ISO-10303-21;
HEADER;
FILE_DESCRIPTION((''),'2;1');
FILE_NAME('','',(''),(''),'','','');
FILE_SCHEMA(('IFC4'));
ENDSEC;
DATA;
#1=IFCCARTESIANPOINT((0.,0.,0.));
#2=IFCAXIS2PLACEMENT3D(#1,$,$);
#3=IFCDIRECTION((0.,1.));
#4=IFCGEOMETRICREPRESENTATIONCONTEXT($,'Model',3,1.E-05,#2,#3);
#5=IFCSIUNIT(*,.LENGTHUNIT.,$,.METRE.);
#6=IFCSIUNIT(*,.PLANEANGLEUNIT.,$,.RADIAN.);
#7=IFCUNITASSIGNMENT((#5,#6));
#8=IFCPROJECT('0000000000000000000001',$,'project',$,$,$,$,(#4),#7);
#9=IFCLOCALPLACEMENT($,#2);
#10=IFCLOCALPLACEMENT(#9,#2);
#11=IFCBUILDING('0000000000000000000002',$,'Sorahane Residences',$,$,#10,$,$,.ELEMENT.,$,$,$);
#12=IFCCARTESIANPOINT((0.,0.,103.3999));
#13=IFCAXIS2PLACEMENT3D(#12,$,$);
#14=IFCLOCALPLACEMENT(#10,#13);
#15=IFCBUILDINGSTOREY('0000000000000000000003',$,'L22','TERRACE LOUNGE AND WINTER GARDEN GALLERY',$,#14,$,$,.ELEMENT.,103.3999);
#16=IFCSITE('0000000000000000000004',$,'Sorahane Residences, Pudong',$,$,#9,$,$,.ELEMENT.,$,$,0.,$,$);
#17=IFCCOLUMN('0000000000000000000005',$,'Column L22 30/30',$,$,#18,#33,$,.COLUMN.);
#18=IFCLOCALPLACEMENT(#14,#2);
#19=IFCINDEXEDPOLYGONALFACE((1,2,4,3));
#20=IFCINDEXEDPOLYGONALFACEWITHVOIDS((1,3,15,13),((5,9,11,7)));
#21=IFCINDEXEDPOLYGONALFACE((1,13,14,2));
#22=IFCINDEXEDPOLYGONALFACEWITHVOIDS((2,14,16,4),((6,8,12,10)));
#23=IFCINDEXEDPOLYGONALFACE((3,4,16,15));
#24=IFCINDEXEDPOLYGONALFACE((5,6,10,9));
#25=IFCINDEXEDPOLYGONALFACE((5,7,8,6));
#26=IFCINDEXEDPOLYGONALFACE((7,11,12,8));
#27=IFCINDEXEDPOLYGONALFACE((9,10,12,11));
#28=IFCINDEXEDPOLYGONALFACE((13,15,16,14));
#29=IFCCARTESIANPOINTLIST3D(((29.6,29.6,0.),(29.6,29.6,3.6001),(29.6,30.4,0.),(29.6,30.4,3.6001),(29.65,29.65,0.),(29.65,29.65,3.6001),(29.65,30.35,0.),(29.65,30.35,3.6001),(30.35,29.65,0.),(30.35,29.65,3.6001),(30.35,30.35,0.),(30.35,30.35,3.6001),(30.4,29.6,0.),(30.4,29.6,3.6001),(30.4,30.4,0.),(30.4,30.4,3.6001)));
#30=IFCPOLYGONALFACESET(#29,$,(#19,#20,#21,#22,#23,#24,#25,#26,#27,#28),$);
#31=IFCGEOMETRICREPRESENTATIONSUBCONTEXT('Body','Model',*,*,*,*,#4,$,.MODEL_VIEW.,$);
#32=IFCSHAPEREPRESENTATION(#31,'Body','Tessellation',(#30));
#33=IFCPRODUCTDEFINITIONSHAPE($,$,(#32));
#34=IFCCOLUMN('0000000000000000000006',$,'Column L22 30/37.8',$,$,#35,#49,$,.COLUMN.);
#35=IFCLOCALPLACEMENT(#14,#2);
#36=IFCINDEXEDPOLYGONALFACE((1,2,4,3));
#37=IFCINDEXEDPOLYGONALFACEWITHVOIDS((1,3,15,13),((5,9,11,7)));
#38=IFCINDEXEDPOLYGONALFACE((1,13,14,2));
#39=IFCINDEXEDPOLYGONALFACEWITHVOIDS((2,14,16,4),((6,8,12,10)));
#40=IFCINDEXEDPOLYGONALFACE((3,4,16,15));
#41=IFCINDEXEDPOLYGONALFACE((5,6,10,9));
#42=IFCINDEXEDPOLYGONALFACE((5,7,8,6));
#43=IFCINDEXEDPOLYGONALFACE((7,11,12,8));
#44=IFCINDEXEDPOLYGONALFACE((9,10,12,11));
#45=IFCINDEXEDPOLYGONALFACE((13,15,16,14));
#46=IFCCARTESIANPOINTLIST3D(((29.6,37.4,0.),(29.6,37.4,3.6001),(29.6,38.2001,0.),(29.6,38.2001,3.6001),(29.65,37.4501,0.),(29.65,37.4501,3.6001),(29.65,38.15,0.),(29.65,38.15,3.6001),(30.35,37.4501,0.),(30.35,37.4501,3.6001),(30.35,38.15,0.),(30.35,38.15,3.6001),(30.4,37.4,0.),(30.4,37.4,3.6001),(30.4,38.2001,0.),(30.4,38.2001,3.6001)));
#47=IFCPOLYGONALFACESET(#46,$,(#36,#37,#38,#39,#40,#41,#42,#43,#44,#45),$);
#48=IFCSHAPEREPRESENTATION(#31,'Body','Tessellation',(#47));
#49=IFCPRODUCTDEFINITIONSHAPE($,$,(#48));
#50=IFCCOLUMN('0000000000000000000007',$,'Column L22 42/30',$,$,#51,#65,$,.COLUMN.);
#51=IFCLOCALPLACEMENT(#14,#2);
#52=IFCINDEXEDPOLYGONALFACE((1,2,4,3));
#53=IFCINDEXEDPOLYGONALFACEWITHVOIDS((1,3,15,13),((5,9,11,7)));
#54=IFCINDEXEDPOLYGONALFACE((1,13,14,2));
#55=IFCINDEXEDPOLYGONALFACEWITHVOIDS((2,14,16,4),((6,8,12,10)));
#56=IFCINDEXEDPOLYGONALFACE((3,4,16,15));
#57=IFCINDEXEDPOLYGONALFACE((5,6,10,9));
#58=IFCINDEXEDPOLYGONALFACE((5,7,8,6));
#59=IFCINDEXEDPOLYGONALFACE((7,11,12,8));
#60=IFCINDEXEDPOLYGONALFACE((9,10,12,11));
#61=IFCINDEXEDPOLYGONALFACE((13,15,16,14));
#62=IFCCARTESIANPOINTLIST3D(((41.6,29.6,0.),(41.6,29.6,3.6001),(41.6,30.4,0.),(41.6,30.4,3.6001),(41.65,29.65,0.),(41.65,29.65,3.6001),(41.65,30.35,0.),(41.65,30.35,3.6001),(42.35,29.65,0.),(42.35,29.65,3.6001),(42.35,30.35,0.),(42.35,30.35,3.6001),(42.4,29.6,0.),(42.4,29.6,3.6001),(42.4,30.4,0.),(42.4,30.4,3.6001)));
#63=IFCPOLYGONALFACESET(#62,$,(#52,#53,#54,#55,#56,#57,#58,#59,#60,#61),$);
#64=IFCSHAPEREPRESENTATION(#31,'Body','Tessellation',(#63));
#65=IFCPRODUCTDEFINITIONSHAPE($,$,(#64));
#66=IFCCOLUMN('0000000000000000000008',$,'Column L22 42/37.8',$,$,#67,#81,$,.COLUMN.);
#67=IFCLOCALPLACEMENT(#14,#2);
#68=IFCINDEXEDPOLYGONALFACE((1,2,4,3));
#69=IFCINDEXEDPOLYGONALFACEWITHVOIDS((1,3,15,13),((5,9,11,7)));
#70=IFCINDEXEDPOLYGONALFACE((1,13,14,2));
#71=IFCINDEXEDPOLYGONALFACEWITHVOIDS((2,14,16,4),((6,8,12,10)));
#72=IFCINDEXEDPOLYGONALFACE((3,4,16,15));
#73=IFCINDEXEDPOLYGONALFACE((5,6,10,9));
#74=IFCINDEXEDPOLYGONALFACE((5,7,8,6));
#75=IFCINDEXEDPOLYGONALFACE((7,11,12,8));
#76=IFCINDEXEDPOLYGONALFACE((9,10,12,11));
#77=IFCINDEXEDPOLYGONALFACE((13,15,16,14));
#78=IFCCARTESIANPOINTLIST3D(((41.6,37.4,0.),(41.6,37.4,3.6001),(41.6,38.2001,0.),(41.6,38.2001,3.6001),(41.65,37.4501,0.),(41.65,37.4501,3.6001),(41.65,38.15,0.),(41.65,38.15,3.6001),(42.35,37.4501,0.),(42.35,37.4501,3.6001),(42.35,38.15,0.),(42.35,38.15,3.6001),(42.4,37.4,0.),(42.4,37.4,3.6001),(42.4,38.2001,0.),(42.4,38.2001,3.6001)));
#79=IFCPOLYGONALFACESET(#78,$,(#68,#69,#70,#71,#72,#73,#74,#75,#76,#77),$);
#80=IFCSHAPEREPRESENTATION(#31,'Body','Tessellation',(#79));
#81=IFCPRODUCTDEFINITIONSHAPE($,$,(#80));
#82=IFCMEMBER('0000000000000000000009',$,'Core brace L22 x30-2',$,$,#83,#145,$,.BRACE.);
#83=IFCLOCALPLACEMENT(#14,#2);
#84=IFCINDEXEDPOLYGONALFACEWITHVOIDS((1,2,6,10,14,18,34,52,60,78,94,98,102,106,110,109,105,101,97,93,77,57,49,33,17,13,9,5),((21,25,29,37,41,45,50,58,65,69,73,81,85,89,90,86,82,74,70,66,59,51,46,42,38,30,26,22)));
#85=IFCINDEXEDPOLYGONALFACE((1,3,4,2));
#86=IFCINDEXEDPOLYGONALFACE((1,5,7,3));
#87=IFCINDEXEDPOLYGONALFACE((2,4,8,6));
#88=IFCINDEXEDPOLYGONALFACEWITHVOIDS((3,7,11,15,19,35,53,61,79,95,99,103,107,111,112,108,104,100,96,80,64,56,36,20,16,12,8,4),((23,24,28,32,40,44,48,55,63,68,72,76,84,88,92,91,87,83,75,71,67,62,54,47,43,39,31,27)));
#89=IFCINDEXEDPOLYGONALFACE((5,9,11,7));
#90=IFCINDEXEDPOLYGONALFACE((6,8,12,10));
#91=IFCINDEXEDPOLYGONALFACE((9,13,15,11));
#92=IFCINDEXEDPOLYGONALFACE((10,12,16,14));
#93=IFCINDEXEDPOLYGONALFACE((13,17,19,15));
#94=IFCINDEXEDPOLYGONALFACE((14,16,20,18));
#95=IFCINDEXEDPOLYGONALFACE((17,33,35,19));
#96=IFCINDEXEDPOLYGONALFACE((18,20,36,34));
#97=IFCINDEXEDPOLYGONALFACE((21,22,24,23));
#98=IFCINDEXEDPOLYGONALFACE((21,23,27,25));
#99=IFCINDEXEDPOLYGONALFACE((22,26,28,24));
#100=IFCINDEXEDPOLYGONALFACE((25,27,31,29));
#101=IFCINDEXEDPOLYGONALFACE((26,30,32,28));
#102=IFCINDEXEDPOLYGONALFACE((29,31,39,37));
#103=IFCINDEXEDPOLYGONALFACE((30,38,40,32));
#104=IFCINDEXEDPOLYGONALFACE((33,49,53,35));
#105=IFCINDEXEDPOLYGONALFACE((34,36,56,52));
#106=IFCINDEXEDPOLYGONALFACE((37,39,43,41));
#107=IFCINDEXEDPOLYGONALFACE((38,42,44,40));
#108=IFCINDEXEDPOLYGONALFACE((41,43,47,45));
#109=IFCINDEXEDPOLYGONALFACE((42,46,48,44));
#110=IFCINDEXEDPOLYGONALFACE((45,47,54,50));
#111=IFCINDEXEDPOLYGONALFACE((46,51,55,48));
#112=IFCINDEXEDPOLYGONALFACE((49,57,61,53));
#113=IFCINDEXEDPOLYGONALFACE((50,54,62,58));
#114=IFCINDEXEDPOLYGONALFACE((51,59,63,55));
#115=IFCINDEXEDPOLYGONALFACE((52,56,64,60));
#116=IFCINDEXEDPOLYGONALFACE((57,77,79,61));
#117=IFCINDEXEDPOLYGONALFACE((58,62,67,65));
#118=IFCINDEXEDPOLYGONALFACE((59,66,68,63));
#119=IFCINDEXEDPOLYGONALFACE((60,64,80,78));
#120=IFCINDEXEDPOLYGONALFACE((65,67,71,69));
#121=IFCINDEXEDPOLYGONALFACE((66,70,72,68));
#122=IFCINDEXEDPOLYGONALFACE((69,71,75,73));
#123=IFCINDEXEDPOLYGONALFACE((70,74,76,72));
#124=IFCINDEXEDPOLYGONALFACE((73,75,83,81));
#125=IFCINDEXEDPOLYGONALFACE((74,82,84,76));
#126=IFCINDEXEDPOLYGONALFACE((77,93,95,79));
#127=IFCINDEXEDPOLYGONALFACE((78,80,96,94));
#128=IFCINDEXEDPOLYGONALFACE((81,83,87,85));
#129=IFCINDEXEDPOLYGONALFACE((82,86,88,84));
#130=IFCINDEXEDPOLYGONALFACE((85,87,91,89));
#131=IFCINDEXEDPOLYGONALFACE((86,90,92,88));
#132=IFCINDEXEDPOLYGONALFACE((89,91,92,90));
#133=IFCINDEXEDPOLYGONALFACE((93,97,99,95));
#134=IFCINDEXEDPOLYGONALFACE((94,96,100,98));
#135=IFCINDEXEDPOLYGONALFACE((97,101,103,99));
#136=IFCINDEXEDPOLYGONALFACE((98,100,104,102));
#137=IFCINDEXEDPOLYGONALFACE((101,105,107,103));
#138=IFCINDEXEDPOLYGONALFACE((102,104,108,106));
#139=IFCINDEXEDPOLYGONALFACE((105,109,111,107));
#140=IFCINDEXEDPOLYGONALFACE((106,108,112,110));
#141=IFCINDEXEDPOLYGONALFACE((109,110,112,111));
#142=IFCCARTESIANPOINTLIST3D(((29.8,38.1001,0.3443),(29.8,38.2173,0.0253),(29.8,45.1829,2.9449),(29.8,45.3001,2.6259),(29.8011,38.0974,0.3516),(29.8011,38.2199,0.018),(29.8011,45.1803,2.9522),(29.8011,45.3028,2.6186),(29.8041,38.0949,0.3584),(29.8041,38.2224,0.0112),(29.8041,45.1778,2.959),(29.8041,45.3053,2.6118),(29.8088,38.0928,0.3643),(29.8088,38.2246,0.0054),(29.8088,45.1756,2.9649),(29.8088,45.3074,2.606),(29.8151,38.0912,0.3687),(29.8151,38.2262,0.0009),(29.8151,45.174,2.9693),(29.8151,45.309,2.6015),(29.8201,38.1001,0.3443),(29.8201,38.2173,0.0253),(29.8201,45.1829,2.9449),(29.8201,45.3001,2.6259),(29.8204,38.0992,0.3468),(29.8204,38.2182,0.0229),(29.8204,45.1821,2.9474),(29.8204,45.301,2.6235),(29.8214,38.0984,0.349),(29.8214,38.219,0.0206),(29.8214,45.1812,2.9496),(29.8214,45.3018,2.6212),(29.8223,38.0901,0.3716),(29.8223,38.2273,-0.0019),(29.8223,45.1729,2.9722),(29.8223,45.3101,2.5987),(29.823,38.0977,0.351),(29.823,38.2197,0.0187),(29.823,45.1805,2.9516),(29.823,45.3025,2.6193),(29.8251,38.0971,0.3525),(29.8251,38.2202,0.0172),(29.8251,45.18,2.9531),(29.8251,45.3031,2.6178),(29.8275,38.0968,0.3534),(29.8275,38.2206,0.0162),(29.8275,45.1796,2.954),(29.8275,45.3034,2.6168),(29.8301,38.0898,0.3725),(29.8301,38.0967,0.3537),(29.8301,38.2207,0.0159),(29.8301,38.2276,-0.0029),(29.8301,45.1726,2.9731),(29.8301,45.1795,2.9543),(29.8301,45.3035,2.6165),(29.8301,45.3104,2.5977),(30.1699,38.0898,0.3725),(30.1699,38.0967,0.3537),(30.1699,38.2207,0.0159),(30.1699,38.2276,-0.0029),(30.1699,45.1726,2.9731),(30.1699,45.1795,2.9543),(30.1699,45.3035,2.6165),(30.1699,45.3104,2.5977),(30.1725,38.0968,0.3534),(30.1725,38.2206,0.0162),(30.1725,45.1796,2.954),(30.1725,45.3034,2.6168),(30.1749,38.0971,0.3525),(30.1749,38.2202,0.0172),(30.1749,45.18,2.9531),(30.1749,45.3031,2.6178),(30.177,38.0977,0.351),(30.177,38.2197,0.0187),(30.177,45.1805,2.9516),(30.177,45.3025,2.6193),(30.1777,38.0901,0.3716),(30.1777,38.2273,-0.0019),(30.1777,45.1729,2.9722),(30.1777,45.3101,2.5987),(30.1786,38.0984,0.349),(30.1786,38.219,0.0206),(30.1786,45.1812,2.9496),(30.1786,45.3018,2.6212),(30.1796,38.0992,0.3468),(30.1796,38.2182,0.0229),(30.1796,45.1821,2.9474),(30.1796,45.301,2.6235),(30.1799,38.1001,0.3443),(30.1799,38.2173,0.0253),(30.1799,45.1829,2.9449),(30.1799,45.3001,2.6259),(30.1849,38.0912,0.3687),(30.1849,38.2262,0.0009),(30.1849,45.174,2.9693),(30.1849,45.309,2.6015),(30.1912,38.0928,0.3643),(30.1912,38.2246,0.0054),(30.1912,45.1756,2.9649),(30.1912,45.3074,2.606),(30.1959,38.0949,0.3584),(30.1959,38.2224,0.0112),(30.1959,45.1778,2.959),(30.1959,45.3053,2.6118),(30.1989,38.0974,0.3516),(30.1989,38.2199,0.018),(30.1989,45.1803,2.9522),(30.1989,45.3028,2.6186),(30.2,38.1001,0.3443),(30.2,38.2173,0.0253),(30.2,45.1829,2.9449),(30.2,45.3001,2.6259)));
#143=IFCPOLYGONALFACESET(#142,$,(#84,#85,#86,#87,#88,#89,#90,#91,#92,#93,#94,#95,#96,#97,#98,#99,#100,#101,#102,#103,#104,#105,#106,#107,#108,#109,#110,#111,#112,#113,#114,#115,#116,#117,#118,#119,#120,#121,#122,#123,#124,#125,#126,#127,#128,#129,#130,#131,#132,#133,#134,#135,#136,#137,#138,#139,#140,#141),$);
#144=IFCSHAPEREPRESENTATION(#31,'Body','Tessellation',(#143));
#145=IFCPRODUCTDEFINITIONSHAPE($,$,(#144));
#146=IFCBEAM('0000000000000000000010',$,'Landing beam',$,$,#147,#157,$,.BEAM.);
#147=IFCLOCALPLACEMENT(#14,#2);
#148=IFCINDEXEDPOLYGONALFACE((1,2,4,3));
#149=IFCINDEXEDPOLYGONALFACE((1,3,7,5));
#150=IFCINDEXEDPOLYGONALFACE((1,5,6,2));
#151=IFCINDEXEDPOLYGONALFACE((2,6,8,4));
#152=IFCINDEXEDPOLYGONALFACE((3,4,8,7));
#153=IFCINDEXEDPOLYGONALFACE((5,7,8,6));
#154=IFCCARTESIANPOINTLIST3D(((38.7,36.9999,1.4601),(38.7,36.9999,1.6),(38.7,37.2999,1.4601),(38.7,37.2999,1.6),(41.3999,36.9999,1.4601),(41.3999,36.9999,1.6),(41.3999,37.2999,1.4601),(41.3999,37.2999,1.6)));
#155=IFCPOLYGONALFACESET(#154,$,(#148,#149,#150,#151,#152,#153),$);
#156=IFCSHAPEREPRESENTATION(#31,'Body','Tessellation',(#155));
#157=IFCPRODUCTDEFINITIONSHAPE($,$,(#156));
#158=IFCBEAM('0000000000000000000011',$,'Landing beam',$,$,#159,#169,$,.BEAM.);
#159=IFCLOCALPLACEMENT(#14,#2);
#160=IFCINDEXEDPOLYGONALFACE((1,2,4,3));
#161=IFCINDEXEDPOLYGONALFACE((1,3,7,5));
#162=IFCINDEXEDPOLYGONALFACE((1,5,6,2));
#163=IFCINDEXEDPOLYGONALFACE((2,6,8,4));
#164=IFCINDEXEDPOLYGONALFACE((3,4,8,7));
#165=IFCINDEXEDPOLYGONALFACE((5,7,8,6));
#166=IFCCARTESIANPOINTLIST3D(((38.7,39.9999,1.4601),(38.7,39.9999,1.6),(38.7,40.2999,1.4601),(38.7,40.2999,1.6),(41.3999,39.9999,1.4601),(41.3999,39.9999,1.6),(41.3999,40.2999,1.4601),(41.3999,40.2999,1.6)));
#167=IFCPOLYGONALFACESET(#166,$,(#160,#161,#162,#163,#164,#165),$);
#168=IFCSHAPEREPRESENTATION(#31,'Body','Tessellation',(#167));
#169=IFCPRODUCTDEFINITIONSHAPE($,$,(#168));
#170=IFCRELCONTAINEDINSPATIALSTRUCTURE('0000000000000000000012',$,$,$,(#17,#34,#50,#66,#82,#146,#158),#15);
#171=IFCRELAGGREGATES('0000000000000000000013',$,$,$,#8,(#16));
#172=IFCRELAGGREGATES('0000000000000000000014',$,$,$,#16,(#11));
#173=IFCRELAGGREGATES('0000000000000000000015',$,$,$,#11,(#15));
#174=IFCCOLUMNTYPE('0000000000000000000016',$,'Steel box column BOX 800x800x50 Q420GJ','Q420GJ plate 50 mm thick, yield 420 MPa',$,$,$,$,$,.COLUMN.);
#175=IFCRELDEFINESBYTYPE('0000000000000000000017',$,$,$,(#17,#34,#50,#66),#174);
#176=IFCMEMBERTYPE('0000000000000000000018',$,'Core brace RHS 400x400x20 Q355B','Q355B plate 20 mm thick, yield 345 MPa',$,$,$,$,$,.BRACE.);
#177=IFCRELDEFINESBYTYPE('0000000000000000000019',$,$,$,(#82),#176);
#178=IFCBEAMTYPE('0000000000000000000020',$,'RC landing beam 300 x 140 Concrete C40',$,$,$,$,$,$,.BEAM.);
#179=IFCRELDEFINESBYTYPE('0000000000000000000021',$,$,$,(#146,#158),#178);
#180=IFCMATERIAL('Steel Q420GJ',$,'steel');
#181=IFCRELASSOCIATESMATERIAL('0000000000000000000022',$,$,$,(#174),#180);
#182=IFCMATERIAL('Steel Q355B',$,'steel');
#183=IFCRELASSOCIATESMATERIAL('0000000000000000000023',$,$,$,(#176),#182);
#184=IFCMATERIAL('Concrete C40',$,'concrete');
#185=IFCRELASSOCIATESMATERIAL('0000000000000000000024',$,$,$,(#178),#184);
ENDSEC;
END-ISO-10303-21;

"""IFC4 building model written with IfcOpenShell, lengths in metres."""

from ifc_helpers import new_model, si_unit, direction, frame, origin, origin_2d, place, context, subcontext, project, spatial, rectangle, hollow_rectangle, extrude, material, material_profile, profile_set, type_object, element, save


model = new_model("IFC4")

# Units and contexts
model_context = context("Model", 3, precision=1e-05, world=origin(), true_north=direction((0.0, 1.0)))
body_context = subcontext(model_context, "Body", "Model", "MODEL_VIEW")
ifc_project = project(units=[si_unit("LENGTHUNIT", "METRE"), si_unit("PLANEANGLEUNIT", "RADIAN")], contexts=[model_context])

# Site, building, storey
site_placement = place(None, origin())
site = spatial("IfcSite", under=ifc_project, at=site_placement, Name="Sorahane Residences, Pudong", CompositionType="ELEMENT", RefElevation=0.0)
building_placement = place(site_placement, origin())
building = spatial("IfcBuilding", under=site, at=building_placement, Name="Sorahane Residences", CompositionType="ELEMENT")
storey_placement = place(building_placement, frame((0.0, 0.0, 103.3999)))
storey = spatial("IfcBuildingStorey", under=building, at=storey_placement, Name="L22", Description="TERRACE LOUNGE AND WINTER GARDEN GALLERY", CompositionType="ELEMENT", Elevation=103.3999)

# Columns
ifc_material_1 = material(Name="Steel Q420GJ", Category="steel")
ifc_material_profile_1 = material_profile(ifc_material_1, hollow_rectangle(XDim=0.8, YDim=0.8, WallThickness=0.05, at=origin_2d()), Name="BOX 800x800x50")
ifc_profile_set_1 = profile_set([ifc_material_profile_1], Name="Steel Q420GJ")
column_type = type_object("IfcColumnType", Name="Steel box column BOX 800x800x50 Q420GJ", Description="Q420GJ plate 50 mm thick, yield 420 MPa", PredefinedType="COLUMN", material=ifc_profile_set_1)
for number, where, z_axis, x_axis, name in (
    (1, (30.0, 30.0, 0.0), (0.0, 0.0, 1.0), (1.0, 0.0, 0.0), "Column L22 30/30"),
    (2, (30.0, 37.8, 0.0), (0.0, 0.0, 1.0), (1.0, 0.0, 0.0), "Column L22 30/37.8"),
    (3, (42.0, 30.0, 0.0), (0.0, 0.0, 1.0), (1.0, 0.0, 0.0), "Column L22 42/30"),
    (4, (42.0, 37.8, 0.0), (0.0, 0.0, 1.0), (1.0, 0.0, 0.0), "Column L22 42/37.8"),
):
    element("IfcColumn", number, at=place(storey_placement, frame(where, z_axis=z_axis, x_axis=x_axis)), inside=storey, type_object=column_type, Name=name, PredefinedType="COLUMN", context=body_context, shape_type="SweptSolid", body=[
        extrude(hollow_rectangle(XDim=0.8, YDim=0.8, WallThickness=0.05, at=origin_2d()), origin(), (0.0, 0.0, 1.0), 3.6001),
    ])

# Member
ifc_material_2 = material(Name="Steel Q355B", Category="steel")
ifc_material_profile_2 = material_profile(ifc_material_2, hollow_rectangle(XDim=0.3999, YDim=0.3999, WallThickness=0.02, InnerFilletRadius=0.01, OuterFilletRadius=0.03, at=origin_2d()), Name="RHS 400x400x20")
ifc_profile_set_2 = profile_set([ifc_material_profile_2], Name="Steel Q355B")
member_type = type_object("IfcMemberType", Name="Core brace RHS 400x400x20 Q355B", Description="Q355B plate 20 mm thick, yield 345 MPa", PredefinedType="BRACE", material=ifc_profile_set_2)
member_placement = place(storey_placement, frame((30.0, 38.1587, 0.1848), z_axis=(0.0, 0.938723, 0.344672), x_axis=(-1.0, 0.0, 0.0)))
element("IfcMember", 5, at=member_placement, inside=storey, type_object=member_type, Name="Core brace L22 x30-2", PredefinedType="BRACE", context=body_context, shape_type="SweptSolid", body=[
    extrude(hollow_rectangle(XDim=0.3999, YDim=0.3999, WallThickness=0.02, InnerFilletRadius=0.01, OuterFilletRadius=0.03, at=origin_2d()), origin(), (0.0, 0.0, 1.0), 7.5452),
])

# Beams
ifc_material_3 = material(Name="Concrete C40", Category="concrete")
ifc_material_profile_3 = material_profile(ifc_material_3, rectangle(XDim=0.3, YDim=0.1399, at=origin_2d()), Name="300x140")
ifc_profile_set_3 = profile_set([ifc_material_profile_3], Name="Concrete C40")
beam_type_1 = type_object("IfcBeamType", Name="RC landing beam 300 x 140 Concrete C40", PredefinedType="BEAM", material=ifc_profile_set_3)
for number, where, z_axis, x_axis, name in (
    (6, (38.7, 37.1499, 1.53), (1.0, 0.0, 0.0), (0.0, 1.0, 0.0), "Landing beam"),
    (7, (38.7, 40.1499, 1.53), (1.0, 0.0, 0.0), (0.0, 1.0, 0.0), "Landing beam"),
):
    element("IfcBeam", number, at=place(storey_placement, frame(where, z_axis=z_axis, x_axis=x_axis)), inside=storey, type_object=beam_type_1, Name=name, PredefinedType="BEAM", context=body_context, shape_type="SweptSolid", body=[
        extrude(rectangle(XDim=0.3, YDim=0.1399, at=origin_2d()), origin(), (0.0, 0.0, 1.0), 2.7),
    ])

save(model, "model.ifc")
